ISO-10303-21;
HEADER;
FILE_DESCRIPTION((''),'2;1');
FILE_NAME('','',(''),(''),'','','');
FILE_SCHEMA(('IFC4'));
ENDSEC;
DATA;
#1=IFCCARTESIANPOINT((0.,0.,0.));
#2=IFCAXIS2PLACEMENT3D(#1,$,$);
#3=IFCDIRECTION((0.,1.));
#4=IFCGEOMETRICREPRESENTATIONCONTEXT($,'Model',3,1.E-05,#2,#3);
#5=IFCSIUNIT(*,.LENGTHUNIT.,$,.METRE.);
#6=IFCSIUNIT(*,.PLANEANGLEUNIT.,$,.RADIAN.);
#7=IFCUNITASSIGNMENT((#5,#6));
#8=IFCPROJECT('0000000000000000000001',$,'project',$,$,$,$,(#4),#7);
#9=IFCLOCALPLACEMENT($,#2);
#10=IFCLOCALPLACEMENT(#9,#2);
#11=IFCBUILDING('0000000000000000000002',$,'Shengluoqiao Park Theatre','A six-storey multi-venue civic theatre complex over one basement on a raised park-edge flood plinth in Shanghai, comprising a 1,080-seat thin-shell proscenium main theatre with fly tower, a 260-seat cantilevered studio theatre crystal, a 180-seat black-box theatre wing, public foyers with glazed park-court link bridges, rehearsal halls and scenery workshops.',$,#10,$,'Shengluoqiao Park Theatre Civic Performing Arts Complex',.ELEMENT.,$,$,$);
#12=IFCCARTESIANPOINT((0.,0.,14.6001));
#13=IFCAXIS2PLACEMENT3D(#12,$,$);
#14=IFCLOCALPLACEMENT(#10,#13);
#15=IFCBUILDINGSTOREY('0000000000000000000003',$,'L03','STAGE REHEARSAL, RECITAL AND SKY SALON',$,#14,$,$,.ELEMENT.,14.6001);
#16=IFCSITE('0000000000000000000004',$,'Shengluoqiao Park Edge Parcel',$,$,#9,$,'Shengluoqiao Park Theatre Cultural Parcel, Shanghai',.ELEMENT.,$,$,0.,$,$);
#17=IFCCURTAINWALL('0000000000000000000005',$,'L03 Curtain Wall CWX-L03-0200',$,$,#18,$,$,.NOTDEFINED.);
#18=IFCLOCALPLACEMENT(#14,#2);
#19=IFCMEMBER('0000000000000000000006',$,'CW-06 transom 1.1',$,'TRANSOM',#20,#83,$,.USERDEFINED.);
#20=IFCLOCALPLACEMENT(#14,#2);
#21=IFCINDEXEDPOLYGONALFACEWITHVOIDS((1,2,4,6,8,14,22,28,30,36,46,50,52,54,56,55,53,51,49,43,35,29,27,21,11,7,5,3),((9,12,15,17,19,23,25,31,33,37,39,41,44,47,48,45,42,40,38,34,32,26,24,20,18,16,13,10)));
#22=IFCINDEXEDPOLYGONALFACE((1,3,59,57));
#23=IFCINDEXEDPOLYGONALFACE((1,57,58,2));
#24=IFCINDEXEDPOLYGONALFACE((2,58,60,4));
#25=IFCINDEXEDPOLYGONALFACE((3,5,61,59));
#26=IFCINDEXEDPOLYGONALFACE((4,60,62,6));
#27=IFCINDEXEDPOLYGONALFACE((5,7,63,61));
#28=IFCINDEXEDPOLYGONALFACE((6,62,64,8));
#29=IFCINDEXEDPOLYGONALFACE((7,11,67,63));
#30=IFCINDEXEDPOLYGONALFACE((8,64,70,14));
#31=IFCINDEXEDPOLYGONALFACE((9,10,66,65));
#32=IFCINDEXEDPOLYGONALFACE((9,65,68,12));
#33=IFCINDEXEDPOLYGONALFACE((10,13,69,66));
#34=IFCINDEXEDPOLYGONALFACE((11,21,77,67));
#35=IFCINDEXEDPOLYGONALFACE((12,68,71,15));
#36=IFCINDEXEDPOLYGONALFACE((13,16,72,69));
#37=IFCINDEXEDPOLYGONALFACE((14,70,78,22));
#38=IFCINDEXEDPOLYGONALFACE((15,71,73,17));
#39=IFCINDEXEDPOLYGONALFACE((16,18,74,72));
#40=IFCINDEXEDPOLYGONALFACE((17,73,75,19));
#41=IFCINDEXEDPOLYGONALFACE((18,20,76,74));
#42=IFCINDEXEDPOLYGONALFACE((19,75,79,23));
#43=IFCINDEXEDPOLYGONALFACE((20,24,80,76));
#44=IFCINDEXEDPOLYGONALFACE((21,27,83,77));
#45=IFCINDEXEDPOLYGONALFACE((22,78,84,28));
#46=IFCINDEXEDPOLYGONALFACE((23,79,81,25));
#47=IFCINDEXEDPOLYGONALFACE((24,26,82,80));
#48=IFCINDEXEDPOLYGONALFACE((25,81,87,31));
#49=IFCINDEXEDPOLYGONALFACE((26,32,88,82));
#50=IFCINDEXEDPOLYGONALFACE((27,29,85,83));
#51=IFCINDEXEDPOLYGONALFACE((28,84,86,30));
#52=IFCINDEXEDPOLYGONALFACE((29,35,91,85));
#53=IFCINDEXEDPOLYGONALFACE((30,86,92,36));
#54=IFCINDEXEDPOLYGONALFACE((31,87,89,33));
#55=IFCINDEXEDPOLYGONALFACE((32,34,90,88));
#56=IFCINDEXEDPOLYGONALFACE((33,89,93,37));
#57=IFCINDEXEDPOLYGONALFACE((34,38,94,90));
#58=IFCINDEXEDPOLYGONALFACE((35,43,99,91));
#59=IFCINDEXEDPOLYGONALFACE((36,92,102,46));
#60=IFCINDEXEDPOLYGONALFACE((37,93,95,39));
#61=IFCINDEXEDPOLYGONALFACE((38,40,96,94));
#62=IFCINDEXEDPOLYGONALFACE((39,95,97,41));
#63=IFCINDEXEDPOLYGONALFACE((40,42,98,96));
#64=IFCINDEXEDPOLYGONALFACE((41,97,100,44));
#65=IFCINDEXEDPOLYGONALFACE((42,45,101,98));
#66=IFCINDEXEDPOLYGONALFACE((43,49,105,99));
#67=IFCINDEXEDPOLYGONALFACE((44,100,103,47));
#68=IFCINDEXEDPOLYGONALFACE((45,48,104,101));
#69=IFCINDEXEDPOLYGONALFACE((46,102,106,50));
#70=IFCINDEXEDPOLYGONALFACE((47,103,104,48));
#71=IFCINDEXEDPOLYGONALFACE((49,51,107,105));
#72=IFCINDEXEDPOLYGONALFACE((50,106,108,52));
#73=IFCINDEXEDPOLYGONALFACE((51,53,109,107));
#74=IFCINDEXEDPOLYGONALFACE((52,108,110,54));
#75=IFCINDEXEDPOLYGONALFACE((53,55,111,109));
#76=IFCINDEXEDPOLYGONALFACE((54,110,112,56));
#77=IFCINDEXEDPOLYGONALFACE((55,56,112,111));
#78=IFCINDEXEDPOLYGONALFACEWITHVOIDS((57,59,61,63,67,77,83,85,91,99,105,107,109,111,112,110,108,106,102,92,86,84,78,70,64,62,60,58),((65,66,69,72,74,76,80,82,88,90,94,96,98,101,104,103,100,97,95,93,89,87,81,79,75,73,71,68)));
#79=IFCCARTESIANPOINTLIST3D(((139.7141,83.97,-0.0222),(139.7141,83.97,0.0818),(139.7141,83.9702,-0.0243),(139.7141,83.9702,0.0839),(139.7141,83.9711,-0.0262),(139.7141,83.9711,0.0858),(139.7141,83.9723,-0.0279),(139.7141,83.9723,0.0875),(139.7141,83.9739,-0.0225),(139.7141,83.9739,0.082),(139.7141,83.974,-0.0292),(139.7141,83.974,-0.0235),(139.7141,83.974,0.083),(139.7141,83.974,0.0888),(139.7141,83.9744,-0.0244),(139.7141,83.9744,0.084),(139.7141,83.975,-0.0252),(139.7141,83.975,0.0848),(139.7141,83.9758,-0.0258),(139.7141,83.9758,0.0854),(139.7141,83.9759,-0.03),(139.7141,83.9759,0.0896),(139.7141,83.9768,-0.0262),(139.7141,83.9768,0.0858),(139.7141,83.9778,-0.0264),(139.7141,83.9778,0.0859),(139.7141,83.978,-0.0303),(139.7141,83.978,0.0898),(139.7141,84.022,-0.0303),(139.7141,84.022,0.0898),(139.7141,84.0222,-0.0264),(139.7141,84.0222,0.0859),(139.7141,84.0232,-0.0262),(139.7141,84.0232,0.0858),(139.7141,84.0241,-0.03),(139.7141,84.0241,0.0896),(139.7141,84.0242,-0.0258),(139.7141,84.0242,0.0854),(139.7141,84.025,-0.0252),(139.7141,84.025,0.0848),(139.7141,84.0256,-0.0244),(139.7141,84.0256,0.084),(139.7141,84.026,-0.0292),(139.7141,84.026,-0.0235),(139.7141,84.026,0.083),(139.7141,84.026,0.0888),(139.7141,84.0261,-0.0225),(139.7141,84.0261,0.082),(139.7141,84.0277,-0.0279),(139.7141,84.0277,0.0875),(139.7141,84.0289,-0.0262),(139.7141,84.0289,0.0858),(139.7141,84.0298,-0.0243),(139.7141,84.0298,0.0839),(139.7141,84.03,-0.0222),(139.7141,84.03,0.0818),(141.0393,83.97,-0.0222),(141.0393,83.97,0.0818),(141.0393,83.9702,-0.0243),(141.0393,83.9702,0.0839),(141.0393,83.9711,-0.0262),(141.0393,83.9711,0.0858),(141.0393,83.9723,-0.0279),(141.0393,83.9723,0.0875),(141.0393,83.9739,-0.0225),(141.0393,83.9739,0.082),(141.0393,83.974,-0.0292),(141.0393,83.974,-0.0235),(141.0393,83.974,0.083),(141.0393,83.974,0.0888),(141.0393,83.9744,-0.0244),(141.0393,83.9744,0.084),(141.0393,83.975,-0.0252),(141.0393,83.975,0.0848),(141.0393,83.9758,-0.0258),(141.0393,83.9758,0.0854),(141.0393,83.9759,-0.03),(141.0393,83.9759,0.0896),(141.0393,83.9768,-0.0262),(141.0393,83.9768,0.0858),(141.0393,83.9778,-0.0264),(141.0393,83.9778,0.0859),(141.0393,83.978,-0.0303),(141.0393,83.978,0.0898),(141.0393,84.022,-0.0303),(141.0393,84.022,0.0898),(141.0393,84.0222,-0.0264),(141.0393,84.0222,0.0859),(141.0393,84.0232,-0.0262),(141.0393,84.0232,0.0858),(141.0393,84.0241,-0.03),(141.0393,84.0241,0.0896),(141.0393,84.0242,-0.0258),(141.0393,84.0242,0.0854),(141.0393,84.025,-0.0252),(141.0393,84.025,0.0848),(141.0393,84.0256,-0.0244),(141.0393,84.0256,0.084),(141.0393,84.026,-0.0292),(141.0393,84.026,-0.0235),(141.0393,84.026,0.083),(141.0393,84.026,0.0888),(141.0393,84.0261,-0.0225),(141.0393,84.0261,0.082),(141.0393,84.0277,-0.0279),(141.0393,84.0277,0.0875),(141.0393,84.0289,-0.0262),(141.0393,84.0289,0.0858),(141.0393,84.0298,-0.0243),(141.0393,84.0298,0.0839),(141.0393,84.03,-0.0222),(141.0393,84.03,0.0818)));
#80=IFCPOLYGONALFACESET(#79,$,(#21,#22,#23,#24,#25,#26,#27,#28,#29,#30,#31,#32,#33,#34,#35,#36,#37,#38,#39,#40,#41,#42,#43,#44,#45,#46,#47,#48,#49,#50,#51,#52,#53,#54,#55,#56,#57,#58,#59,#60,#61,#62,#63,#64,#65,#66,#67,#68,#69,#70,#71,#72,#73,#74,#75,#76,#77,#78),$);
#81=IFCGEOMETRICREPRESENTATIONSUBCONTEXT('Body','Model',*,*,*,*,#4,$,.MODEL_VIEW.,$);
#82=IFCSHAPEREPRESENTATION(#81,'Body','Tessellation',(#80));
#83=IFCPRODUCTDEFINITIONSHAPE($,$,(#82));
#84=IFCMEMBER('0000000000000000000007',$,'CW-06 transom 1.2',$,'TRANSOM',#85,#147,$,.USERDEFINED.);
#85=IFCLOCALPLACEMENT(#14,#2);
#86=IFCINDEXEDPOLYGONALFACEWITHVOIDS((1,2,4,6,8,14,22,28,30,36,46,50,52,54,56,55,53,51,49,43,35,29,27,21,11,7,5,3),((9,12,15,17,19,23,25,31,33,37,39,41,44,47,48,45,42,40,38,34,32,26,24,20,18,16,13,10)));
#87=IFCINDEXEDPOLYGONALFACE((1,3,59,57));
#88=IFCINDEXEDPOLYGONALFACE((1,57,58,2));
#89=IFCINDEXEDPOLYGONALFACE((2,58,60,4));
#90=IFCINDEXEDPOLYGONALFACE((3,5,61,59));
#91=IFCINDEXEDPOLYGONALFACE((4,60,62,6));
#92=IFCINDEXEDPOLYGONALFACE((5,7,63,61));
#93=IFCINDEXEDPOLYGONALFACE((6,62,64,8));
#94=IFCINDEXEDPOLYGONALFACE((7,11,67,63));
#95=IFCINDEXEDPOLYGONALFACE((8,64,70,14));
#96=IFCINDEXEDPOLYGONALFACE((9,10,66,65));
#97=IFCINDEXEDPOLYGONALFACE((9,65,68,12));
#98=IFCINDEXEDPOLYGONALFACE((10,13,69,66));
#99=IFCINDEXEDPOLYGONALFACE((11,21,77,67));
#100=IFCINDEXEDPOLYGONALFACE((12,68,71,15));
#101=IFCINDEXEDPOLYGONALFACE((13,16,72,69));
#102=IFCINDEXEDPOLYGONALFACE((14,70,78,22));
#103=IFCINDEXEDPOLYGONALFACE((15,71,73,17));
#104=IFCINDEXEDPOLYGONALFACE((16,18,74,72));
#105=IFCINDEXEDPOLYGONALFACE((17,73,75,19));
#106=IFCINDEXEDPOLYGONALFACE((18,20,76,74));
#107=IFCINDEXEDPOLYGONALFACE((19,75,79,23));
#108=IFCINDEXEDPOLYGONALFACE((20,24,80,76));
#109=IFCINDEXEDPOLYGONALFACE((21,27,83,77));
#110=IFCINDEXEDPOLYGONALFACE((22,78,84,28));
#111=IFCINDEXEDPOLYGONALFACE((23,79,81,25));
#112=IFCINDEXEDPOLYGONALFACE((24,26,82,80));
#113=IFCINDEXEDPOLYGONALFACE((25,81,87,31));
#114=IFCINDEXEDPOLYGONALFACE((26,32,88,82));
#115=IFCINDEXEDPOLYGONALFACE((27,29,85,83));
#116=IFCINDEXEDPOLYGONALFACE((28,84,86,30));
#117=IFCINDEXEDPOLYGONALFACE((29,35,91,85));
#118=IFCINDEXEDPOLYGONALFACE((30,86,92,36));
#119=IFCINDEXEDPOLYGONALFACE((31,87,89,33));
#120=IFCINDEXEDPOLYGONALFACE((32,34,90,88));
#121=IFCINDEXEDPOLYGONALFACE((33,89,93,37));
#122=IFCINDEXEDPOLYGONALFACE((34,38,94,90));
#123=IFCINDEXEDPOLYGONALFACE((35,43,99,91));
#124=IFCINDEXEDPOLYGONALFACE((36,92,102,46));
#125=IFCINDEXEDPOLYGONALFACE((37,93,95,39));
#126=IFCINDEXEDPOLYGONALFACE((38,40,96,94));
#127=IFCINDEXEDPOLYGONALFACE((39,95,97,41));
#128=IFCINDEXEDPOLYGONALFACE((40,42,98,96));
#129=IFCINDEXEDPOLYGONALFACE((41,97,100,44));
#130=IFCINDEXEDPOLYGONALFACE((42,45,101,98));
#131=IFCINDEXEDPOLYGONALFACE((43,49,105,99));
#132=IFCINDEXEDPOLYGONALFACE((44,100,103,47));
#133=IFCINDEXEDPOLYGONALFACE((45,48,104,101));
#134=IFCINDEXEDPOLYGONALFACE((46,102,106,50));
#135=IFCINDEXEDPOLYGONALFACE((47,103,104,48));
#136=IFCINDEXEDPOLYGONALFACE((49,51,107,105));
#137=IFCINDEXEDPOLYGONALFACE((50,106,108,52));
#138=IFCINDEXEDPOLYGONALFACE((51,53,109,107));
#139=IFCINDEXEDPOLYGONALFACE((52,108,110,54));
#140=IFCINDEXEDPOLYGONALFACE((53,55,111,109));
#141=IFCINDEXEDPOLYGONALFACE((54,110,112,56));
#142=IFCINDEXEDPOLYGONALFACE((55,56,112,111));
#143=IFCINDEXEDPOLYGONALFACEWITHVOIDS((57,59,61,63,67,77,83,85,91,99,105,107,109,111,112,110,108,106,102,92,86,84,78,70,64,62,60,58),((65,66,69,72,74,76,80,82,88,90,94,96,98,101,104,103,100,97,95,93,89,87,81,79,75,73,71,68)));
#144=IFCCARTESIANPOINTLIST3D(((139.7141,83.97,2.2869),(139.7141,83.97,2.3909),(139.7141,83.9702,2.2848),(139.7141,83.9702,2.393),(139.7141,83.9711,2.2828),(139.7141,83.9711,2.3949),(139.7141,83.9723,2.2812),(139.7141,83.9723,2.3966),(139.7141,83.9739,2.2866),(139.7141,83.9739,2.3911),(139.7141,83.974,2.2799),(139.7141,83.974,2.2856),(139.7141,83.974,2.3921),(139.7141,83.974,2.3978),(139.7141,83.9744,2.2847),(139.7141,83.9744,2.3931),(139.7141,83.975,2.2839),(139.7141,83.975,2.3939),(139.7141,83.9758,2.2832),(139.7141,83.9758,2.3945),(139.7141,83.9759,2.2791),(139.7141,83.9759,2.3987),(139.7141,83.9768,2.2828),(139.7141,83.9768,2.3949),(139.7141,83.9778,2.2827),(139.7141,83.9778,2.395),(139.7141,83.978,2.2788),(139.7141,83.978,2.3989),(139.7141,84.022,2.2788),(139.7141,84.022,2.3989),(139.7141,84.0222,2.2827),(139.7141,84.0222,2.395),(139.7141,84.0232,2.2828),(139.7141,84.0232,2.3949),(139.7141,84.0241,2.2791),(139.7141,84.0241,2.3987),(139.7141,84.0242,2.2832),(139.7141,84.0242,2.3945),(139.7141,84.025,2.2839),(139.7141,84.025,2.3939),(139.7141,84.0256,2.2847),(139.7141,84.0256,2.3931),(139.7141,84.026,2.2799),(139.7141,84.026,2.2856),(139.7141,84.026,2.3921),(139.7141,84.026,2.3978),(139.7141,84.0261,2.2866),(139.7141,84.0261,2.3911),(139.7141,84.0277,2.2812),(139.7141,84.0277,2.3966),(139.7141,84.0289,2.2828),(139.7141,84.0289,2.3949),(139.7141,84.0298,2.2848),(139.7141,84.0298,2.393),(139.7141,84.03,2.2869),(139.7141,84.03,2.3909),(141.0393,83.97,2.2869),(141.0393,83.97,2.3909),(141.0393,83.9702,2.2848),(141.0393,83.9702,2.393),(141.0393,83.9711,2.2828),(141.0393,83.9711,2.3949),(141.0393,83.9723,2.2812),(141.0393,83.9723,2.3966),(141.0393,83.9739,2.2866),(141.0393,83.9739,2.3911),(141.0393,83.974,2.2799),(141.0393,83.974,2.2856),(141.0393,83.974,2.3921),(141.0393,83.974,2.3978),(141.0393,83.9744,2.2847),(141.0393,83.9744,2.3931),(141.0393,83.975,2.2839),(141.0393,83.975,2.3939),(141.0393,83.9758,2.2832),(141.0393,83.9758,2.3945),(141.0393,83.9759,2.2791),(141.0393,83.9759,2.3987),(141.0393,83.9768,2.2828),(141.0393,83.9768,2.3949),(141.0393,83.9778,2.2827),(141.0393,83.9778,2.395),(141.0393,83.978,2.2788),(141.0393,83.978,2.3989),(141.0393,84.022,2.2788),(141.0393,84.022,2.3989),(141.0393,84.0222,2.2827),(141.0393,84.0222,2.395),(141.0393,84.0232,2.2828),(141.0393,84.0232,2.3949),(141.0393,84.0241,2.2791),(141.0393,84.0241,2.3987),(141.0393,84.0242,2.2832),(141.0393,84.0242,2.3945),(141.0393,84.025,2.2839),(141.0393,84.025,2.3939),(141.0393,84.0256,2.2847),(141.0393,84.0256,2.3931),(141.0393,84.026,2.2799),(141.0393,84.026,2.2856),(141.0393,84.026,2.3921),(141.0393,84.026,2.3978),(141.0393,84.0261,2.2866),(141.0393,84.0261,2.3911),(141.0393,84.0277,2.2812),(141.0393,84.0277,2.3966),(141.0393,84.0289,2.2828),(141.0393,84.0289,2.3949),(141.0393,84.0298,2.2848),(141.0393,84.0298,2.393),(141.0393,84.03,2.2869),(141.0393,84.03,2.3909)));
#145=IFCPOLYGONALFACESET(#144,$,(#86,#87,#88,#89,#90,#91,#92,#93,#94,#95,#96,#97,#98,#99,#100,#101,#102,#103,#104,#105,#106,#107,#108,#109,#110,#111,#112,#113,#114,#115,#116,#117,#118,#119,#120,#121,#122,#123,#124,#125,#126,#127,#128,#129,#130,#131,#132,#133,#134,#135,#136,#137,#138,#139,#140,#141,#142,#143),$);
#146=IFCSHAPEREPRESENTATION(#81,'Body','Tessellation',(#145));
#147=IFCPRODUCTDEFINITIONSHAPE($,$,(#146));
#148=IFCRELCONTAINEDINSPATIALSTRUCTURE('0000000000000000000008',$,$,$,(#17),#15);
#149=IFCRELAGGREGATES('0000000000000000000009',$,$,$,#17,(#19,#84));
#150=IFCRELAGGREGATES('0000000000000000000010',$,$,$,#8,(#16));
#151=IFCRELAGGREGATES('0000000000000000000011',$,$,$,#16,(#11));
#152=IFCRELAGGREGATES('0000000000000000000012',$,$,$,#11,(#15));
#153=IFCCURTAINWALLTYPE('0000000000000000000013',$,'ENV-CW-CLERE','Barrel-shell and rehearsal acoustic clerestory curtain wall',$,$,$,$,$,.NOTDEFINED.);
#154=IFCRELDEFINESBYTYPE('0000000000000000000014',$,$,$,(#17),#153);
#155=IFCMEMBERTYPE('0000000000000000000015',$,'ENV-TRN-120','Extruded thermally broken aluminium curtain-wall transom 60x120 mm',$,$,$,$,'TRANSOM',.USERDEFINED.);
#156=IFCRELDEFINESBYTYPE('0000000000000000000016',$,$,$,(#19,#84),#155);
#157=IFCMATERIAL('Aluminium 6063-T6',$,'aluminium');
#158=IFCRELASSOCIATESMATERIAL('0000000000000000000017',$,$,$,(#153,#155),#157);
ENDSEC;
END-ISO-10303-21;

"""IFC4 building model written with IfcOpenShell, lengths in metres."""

from ifc_helpers import new_model, si_unit, direction, frame, origin, origin_2d, place, context, subcontext, project, spatial, hollow_rectangle, extrude, material, material_profile, profile_set, type_object, element, aggregate, save


model = new_model("IFC4")

# Units and contexts
model_context = context("Model", 3, precision=1e-05, world=origin(), true_north=direction((0.0, 1.0)))
body_context = subcontext(model_context, "Body", "Model", "MODEL_VIEW")
ifc_project = project(units=[si_unit("LENGTHUNIT", "METRE"), si_unit("PLANEANGLEUNIT", "RADIAN")], contexts=[model_context])

# Site, building, storey
site_placement = place(None, origin())
site = spatial("IfcSite", under=ifc_project, at=site_placement, Name="Shengluoqiao Park Edge Parcel", LongName="Shengluoqiao Park Theatre Cultural Parcel, Shanghai", CompositionType="ELEMENT", RefElevation=0.0)
building_placement = place(site_placement, origin())
building = spatial("IfcBuilding", under=site, at=building_placement, Name="Shengluoqiao Park Theatre", Description="A six-storey multi-venue civic theatre complex over one basement on a raised park-edge flood plinth in Shanghai, comprising a 1,080-seat thin-shell proscenium main theatre with fly tower, a 260-seat cantilevered studio theatre crystal, a 180-seat black-box theatre wing, public foyers with glazed park-court link bridges, rehearsal halls and scenery workshops.", LongName="Shengluoqiao Park Theatre Civic Performing Arts Complex", CompositionType="ELEMENT")
storey_placement = place(building_placement, frame((0.0, 0.0, 14.6001)))
storey = spatial("IfcBuildingStorey", under=building, at=storey_placement, Name="L03", Description="STAGE REHEARSAL, RECITAL AND SKY SALON", CompositionType="ELEMENT", Elevation=14.6001)

# Curtain wall, members
ifc_material_1 = material(Name="Aluminium 6063-T6", Category="aluminium")
curtain_wall_type = type_object("IfcCurtainWallType", Name="ENV-CW-CLERE", Description="Barrel-shell and rehearsal acoustic clerestory curtain wall", PredefinedType="NOTDEFINED", material=ifc_material_1)
curtain_wall_placement = place(storey_placement, origin())
curtain_wall = element("IfcCurtainWall", 1, at=curtain_wall_placement, inside=storey, type_object=curtain_wall_type, Name="L03 Curtain Wall CWX-L03-0200", PredefinedType="NOTDEFINED")
ifc_material_profile_1 = material_profile(ifc_material_1, hollow_rectangle(XDim=0.0601, YDim=0.1201, WallThickness=0.0039, InnerFilletRadius=0.0039, OuterFilletRadius=0.0081, at=origin_2d()), Name="ALU TRANSOM 120x60x4")
ifc_profile_set_1 = profile_set([ifc_material_profile_1], Name="Aluminium 6063-T6")
member_type_1 = type_object("IfcMemberType", Name="ENV-TRN-120", Description="Extruded thermally broken aluminium curtain-wall transom 60x120 mm", ElementType="TRANSOM", PredefinedType="USERDEFINED", material=ifc_profile_set_1)
member_1_placement = place(storey_placement, frame((139.7141, 84.0, 0.0298), z_axis=(1.0, 0.0, 0.0), x_axis=(0.0, 1.0, 0.0)))
member_1 = element("IfcMember", 2, at=member_1_placement, type_object=member_type_1, Name="CW-06 transom 1.1", ObjectType="TRANSOM", PredefinedType="USERDEFINED", context=body_context, shape_type="SweptSolid", body=[
    extrude(hollow_rectangle(XDim=0.0601, YDim=0.1201, WallThickness=0.0039, InnerFilletRadius=0.0039, OuterFilletRadius=0.0081, at=origin_2d()), origin(), (0.0, 0.0, 1.0), 1.3252),
])
member_2_placement = place(storey_placement, frame((139.7141, 84.0, 2.3389), z_axis=(1.0, 0.0, 0.0), x_axis=(0.0, 1.0, 0.0)))
member_2 = element("IfcMember", 3, at=member_2_placement, type_object=member_type_1, Name="CW-06 transom 1.2", ObjectType="TRANSOM", PredefinedType="USERDEFINED", context=body_context, shape_type="SweptSolid", body=[
    extrude(hollow_rectangle(XDim=0.0601, YDim=0.1201, WallThickness=0.0039, InnerFilletRadius=0.0039, OuterFilletRadius=0.0081, at=origin_2d()), origin(), (0.0, 0.0, 1.0), 1.3252),
])

aggregate(curtain_wall, [member_1, member_2])

save(model, "model.ifc")
